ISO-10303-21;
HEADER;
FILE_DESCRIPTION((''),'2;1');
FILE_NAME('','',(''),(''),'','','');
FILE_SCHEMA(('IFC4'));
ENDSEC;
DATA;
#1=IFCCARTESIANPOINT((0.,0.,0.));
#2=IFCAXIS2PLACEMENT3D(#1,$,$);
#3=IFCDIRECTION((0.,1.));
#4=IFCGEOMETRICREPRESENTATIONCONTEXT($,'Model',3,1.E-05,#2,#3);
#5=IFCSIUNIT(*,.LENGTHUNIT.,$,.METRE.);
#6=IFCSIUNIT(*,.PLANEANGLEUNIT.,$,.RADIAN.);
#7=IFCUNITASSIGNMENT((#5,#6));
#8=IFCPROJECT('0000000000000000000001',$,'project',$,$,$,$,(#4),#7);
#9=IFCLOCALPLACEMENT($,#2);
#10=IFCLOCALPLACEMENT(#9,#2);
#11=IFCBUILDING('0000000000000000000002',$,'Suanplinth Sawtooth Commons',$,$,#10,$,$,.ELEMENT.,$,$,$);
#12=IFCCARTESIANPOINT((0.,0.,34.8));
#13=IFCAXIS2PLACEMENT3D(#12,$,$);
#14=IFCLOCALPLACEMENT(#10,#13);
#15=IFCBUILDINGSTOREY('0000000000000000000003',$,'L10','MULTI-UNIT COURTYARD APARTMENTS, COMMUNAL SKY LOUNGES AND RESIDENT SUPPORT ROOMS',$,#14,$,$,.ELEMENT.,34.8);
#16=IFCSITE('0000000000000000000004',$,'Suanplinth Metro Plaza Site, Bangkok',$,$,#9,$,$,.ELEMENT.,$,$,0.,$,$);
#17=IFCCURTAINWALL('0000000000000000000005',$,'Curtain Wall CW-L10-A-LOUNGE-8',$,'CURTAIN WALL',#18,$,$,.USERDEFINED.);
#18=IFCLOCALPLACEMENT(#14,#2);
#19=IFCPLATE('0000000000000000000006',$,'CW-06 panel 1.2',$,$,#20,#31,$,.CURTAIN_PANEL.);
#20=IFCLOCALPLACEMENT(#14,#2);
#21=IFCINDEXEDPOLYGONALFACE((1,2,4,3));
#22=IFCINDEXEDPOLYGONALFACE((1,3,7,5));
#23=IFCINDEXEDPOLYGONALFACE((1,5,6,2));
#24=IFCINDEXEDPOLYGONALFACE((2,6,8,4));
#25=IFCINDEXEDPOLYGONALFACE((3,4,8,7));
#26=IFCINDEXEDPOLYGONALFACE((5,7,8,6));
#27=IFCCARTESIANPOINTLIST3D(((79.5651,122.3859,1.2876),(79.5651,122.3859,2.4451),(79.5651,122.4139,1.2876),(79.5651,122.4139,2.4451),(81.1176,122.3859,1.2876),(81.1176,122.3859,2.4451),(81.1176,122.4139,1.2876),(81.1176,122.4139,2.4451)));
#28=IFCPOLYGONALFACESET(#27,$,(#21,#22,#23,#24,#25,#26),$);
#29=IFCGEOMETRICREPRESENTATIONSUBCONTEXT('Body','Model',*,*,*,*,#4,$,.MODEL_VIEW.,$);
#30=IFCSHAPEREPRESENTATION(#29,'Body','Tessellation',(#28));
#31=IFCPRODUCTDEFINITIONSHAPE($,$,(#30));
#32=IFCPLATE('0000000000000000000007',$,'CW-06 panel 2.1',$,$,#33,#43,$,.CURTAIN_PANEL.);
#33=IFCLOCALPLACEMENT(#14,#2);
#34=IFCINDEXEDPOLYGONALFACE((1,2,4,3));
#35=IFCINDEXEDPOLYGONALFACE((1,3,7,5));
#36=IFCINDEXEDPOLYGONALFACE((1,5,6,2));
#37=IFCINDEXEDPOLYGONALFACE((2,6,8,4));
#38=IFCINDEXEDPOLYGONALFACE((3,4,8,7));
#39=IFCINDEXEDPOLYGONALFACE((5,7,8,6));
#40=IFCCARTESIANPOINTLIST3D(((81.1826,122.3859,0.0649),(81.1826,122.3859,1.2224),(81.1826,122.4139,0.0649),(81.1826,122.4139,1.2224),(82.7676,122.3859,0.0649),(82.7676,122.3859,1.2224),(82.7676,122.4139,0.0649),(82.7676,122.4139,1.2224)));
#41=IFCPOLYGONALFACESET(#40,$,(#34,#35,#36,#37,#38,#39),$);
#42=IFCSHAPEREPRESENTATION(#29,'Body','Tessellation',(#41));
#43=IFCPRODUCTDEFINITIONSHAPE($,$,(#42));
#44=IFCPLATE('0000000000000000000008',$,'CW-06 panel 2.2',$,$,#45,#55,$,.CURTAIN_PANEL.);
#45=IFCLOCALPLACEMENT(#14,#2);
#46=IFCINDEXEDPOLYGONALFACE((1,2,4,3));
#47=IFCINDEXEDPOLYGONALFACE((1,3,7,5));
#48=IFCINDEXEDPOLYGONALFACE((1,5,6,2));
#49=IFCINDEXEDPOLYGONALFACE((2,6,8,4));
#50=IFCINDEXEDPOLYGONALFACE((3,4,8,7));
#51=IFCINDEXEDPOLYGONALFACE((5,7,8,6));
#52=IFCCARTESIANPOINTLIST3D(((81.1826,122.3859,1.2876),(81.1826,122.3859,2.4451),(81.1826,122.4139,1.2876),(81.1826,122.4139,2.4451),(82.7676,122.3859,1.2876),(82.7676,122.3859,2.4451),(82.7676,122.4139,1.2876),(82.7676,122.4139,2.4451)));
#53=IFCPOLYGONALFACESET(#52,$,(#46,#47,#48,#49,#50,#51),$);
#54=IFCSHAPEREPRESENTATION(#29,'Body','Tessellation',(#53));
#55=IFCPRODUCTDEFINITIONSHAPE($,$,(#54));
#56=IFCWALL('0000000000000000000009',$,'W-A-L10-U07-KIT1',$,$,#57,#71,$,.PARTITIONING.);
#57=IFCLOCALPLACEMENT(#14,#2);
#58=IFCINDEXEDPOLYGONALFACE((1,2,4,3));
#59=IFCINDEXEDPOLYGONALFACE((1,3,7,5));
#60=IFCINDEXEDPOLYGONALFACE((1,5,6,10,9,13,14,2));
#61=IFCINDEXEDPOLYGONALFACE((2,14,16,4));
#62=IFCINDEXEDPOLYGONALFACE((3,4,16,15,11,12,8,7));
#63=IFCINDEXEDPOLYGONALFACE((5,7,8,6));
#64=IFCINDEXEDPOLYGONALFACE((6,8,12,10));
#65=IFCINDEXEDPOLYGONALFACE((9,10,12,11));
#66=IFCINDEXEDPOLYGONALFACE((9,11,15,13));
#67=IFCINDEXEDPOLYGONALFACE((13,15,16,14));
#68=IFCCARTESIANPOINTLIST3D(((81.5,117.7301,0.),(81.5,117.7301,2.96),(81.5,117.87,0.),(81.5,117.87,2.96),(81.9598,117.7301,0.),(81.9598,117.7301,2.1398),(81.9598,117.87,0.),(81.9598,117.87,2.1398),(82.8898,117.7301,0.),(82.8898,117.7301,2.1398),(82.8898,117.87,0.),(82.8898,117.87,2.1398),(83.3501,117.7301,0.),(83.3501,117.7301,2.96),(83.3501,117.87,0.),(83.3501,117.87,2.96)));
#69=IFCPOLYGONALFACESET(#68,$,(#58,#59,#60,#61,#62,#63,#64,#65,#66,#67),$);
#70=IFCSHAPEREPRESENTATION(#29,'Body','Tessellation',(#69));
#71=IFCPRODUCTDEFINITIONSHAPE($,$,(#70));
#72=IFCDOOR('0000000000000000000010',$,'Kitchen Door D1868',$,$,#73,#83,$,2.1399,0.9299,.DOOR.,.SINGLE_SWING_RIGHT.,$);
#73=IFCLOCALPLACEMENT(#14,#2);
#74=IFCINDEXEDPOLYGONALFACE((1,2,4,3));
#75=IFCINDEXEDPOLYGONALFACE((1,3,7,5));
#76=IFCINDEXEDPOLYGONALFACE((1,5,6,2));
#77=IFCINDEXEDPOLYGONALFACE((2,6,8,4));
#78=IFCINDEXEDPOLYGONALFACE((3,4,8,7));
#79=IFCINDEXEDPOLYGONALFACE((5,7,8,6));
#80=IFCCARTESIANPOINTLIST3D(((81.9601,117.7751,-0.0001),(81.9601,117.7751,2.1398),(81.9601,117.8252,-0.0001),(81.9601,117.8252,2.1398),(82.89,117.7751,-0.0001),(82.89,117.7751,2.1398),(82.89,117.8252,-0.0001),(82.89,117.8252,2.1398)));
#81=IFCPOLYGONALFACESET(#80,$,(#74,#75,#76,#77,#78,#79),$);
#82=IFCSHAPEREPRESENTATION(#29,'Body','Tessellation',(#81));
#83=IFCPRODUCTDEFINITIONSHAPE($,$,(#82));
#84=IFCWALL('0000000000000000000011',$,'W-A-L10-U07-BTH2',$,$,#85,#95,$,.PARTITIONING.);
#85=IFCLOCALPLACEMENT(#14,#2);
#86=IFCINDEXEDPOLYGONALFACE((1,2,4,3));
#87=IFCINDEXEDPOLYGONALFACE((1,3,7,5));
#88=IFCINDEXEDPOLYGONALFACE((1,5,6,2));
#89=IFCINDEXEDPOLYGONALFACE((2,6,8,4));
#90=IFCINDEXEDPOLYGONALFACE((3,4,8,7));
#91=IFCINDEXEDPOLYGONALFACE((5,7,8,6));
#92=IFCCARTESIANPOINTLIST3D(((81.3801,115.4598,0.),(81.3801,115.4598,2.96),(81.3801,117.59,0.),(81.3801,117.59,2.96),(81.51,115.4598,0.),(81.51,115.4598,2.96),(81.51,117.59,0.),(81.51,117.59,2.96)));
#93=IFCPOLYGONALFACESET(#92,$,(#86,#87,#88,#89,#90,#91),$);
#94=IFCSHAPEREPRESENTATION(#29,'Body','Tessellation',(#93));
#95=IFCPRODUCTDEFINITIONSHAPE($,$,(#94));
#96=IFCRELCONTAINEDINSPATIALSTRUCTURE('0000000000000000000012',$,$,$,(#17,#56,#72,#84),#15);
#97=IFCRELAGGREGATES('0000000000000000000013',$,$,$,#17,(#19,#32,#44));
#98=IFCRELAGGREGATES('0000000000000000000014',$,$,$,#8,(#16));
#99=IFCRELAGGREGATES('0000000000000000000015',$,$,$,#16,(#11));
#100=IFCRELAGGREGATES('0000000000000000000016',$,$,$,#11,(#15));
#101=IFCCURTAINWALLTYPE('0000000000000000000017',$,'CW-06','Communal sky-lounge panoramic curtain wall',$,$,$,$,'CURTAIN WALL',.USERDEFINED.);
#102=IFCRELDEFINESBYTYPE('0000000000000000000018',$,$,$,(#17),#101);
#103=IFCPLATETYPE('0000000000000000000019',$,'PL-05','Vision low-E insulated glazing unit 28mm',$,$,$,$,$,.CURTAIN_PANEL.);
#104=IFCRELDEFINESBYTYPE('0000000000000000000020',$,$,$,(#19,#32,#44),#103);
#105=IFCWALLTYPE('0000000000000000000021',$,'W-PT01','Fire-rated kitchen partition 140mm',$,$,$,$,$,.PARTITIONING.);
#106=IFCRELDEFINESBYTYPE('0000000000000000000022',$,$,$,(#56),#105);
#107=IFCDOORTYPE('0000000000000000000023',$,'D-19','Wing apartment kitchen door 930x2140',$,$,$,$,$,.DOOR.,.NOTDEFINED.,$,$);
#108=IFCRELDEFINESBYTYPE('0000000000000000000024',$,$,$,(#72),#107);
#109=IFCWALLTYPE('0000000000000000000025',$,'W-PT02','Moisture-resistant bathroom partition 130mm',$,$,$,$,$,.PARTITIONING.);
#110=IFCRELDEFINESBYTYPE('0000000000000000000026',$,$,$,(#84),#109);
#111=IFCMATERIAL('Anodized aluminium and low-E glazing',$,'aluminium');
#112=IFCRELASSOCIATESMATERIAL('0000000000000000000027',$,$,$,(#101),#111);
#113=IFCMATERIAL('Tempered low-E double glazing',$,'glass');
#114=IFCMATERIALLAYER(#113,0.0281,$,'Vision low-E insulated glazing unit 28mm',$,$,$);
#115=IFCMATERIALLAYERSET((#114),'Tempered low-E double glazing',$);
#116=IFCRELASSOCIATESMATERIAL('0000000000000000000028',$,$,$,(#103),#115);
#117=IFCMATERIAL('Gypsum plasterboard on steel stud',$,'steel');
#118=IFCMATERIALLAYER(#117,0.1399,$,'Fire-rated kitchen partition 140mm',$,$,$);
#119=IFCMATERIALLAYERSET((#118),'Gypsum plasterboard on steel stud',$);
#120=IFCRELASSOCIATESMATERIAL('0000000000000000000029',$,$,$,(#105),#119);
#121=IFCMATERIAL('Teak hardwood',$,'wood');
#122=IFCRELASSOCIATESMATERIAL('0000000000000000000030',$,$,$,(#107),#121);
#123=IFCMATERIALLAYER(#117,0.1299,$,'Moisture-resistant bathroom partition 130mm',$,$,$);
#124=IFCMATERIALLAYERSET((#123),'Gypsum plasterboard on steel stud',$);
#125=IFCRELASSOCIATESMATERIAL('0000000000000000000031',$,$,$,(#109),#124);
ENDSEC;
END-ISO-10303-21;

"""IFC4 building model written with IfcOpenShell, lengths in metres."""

from ifc_helpers import new_model, si_unit, direction, frame, frame_2d, origin, origin_2d, place, context, subcontext, project, spatial, rectangle, extrude, material, layer, layer_set, type_object, element, fill, aggregate, save


model = new_model("IFC4")

# Units and contexts
model_context = context("Model", 3, precision=1e-05, world=origin(), true_north=direction((0.0, 1.0)))
body_context = subcontext(model_context, "Body", "Model", "MODEL_VIEW")
ifc_project = project(units=[si_unit("LENGTHUNIT", "METRE"), si_unit("PLANEANGLEUNIT", "RADIAN")], contexts=[model_context])

# Site, building, storey
site_placement = place(None, origin())
site = spatial("IfcSite", under=ifc_project, at=site_placement, Name="Suanplinth Metro Plaza Site, Bangkok", CompositionType="ELEMENT", RefElevation=0.0)
building_placement = place(site_placement, origin())
building = spatial("IfcBuilding", under=site, at=building_placement, Name="Suanplinth Sawtooth Commons", CompositionType="ELEMENT")
storey_placement = place(building_placement, frame((0.0, 0.0, 34.8)))
storey = spatial("IfcBuildingStorey", under=building, at=storey_placement, Name="L10", Description="MULTI-UNIT COURTYARD APARTMENTS, COMMUNAL SKY LOUNGES AND RESIDENT SUPPORT ROOMS", CompositionType="ELEMENT", Elevation=34.8)

# Curtain wall, plates
ifc_material_1 = material(Name="Anodized aluminium and low-E glazing", Category="aluminium")
curtain_wall_type = type_object("IfcCurtainWallType", Name="CW-06", Description="Communal sky-lounge panoramic curtain wall", ElementType="CURTAIN WALL", PredefinedType="USERDEFINED", material=ifc_material_1)
curtain_wall_placement = place(storey_placement, origin())
curtain_wall = element("IfcCurtainWall", 1, at=curtain_wall_placement, inside=storey, type_object=curtain_wall_type, Name="Curtain Wall CW-L10-A-LOUNGE-8", ObjectType="CURTAIN WALL", PredefinedType="USERDEFINED")
ifc_material_2 = material(Name="Tempered low-E double glazing", Category="glass")
ifc_layer_1 = layer(ifc_material_2, 0.0281, Name="Vision low-E insulated glazing unit 28mm")
ifc_layer_set_1 = layer_set([ifc_layer_1], Name="Tempered low-E double glazing")
plate_type = type_object("IfcPlateType", Name="PL-05", Description="Vision low-E insulated glazing unit 28mm", PredefinedType="CURTAIN_PANEL", material=ifc_layer_set_1)
plate_1_placement = place(storey_placement, frame((80.3413, 122.3999, 1.2876), z_axis=(0.0, 0.0, 1.0), x_axis=(1.0, 0.0, 0.0)))
plate_1 = element("IfcPlate", 2, at=plate_1_placement, type_object=plate_type, Name="CW-06 panel 1.2", PredefinedType="CURTAIN_PANEL", context=body_context, shape_type="SweptSolid", body=[
    extrude(rectangle(XDim=1.5525, YDim=0.0281, at=origin_2d()), origin(), (0.0, 0.0, 1.0), 1.1575),
])
plate_2_placement = place(storey_placement, frame((81.9751, 122.3999, 0.0649), z_axis=(0.0, 0.0, 1.0), x_axis=(1.0, 0.0, 0.0)))
plate_2 = element("IfcPlate", 3, at=plate_2_placement, type_object=plate_type, Name="CW-06 panel 2.1", PredefinedType="CURTAIN_PANEL", context=body_context, shape_type="SweptSolid", body=[
    extrude(rectangle(XDim=1.585, YDim=0.0281, at=origin_2d()), origin(), (0.0, 0.0, 1.0), 1.1575),
])
plate_3_placement = place(storey_placement, frame((81.9751, 122.3999, 1.2876), z_axis=(0.0, 0.0, 1.0), x_axis=(1.0, 0.0, 0.0)))
plate_3 = element("IfcPlate", 4, at=plate_3_placement, type_object=plate_type, Name="CW-06 panel 2.2", PredefinedType="CURTAIN_PANEL", context=body_context, shape_type="SweptSolid", body=[
    extrude(rectangle(XDim=1.585, YDim=0.0281, at=origin_2d()), origin(), (0.0, 0.0, 1.0), 1.1575),
])
aggregate(curtain_wall, [plate_1, plate_2, plate_3])

# Wall, opening, door
ifc_material_3 = material(Name="Gypsum plasterboard on steel stud", Category="steel")
ifc_layer_2 = layer(ifc_material_3, 0.1399, Name="Fire-rated kitchen partition 140mm")
ifc_layer_set_2 = layer_set([ifc_layer_2], Name="Gypsum plasterboard on steel stud")
wall_type_1 = type_object("IfcWallType", Name="W-PT01", Description="Fire-rated kitchen partition 140mm", PredefinedType="PARTITIONING", material=ifc_layer_set_2)
wall_1_placement = place(storey_placement, frame((81.5, 117.8, 0.0), z_axis=(0.0, 0.0, 1.0), x_axis=(1.0, 0.0, 0.0)))
wall_1 = element("IfcWall", 5, at=wall_1_placement, inside=storey, type_object=wall_type_1, Name="W-A-L10-U07-KIT1", PredefinedType="PARTITIONING", context=body_context, shape_type="SweptSolid", body=[
    extrude(rectangle(XDim=1.8501, YDim=0.1399, at=frame_2d((0.925, 0.0))), origin(), (0.0, 0.0, 1.0), 2.96),
])
opening_1_placement = place(wall_1_placement, frame((0.46, 0.0, 0.0)))
opening_1 = element("IfcOpeningElement", 6, at=opening_1_placement, cuts=wall_1, PredefinedType="OPENING", context=body_context, shape_type="SweptSolid", body=[
    extrude(rectangle(XDim=0.9299, YDim=2.1399, at=frame_2d((0.4648, 1.0698))), frame((0.0, 0.085, 0.0), z_axis=(0.0, -1.0, 0.0), x_axis=(1.0, 0.0, 0.0)), (0.0, 0.0, 1.0), 0.1697),
])
ifc_material_4 = material(Name="Teak hardwood", Category="wood")
door_type_1 = type_object("IfcDoorType", Name="D-19", Description="Wing apartment kitchen door 930x2140", OperationType="NOTDEFINED", PredefinedType="DOOR", material=ifc_material_4)
door_1_placement = place(opening_1_placement, frame((0.9299, 0.0, 0.0), z_axis=(0.0, 0.0, 1.0), x_axis=(-1.0, 0.0, 0.0)))
door_1 = element("IfcDoor", 7, at=door_1_placement, inside=storey, type_object=door_type_1, Name="Kitchen Door D1868", OperationType="SINGLE_SWING_RIGHT", OverallHeight=2.1399, OverallWidth=0.9299, PredefinedType="DOOR", context=body_context, shape_type="SweptSolid", body=[
    extrude(rectangle(XDim=0.9299, YDim=2.1399, at=frame_2d((0.4648, 1.0698))), frame((0.0, 0.0249, 0.0), z_axis=(0.0, -1.0, 0.0), x_axis=(1.0, 0.0, 0.0)), (0.0, 0.0, 1.0), 0.05),
])
fill(opening_1, door_1)

# Wall
ifc_layer_3 = layer(ifc_material_3, 0.1299, Name="Moisture-resistant bathroom partition 130mm")
ifc_layer_set_3 = layer_set([ifc_layer_3], Name="Gypsum plasterboard on steel stud")
wall_type_2 = type_object("IfcWallType", Name="W-PT02", Description="Moisture-resistant bathroom partition 130mm", PredefinedType="PARTITIONING", material=ifc_layer_set_3)
wall_2_placement = place(storey_placement, frame((81.4451, 115.46, 0.0), z_axis=(0.0, 0.0, 1.0), x_axis=(0.0, 1.0, 0.0)))
element("IfcWall", 8, at=wall_2_placement, inside=storey, type_object=wall_type_2, Name="W-A-L10-U07-BTH2", PredefinedType="PARTITIONING", context=body_context, shape_type="SweptSolid", body=[
    extrude(rectangle(XDim=2.1301, YDim=0.1299, at=frame_2d((1.0649, 0.0))), origin(), (0.0, 0.0, 1.0), 2.96),
])

save(model, "model.ifc")
